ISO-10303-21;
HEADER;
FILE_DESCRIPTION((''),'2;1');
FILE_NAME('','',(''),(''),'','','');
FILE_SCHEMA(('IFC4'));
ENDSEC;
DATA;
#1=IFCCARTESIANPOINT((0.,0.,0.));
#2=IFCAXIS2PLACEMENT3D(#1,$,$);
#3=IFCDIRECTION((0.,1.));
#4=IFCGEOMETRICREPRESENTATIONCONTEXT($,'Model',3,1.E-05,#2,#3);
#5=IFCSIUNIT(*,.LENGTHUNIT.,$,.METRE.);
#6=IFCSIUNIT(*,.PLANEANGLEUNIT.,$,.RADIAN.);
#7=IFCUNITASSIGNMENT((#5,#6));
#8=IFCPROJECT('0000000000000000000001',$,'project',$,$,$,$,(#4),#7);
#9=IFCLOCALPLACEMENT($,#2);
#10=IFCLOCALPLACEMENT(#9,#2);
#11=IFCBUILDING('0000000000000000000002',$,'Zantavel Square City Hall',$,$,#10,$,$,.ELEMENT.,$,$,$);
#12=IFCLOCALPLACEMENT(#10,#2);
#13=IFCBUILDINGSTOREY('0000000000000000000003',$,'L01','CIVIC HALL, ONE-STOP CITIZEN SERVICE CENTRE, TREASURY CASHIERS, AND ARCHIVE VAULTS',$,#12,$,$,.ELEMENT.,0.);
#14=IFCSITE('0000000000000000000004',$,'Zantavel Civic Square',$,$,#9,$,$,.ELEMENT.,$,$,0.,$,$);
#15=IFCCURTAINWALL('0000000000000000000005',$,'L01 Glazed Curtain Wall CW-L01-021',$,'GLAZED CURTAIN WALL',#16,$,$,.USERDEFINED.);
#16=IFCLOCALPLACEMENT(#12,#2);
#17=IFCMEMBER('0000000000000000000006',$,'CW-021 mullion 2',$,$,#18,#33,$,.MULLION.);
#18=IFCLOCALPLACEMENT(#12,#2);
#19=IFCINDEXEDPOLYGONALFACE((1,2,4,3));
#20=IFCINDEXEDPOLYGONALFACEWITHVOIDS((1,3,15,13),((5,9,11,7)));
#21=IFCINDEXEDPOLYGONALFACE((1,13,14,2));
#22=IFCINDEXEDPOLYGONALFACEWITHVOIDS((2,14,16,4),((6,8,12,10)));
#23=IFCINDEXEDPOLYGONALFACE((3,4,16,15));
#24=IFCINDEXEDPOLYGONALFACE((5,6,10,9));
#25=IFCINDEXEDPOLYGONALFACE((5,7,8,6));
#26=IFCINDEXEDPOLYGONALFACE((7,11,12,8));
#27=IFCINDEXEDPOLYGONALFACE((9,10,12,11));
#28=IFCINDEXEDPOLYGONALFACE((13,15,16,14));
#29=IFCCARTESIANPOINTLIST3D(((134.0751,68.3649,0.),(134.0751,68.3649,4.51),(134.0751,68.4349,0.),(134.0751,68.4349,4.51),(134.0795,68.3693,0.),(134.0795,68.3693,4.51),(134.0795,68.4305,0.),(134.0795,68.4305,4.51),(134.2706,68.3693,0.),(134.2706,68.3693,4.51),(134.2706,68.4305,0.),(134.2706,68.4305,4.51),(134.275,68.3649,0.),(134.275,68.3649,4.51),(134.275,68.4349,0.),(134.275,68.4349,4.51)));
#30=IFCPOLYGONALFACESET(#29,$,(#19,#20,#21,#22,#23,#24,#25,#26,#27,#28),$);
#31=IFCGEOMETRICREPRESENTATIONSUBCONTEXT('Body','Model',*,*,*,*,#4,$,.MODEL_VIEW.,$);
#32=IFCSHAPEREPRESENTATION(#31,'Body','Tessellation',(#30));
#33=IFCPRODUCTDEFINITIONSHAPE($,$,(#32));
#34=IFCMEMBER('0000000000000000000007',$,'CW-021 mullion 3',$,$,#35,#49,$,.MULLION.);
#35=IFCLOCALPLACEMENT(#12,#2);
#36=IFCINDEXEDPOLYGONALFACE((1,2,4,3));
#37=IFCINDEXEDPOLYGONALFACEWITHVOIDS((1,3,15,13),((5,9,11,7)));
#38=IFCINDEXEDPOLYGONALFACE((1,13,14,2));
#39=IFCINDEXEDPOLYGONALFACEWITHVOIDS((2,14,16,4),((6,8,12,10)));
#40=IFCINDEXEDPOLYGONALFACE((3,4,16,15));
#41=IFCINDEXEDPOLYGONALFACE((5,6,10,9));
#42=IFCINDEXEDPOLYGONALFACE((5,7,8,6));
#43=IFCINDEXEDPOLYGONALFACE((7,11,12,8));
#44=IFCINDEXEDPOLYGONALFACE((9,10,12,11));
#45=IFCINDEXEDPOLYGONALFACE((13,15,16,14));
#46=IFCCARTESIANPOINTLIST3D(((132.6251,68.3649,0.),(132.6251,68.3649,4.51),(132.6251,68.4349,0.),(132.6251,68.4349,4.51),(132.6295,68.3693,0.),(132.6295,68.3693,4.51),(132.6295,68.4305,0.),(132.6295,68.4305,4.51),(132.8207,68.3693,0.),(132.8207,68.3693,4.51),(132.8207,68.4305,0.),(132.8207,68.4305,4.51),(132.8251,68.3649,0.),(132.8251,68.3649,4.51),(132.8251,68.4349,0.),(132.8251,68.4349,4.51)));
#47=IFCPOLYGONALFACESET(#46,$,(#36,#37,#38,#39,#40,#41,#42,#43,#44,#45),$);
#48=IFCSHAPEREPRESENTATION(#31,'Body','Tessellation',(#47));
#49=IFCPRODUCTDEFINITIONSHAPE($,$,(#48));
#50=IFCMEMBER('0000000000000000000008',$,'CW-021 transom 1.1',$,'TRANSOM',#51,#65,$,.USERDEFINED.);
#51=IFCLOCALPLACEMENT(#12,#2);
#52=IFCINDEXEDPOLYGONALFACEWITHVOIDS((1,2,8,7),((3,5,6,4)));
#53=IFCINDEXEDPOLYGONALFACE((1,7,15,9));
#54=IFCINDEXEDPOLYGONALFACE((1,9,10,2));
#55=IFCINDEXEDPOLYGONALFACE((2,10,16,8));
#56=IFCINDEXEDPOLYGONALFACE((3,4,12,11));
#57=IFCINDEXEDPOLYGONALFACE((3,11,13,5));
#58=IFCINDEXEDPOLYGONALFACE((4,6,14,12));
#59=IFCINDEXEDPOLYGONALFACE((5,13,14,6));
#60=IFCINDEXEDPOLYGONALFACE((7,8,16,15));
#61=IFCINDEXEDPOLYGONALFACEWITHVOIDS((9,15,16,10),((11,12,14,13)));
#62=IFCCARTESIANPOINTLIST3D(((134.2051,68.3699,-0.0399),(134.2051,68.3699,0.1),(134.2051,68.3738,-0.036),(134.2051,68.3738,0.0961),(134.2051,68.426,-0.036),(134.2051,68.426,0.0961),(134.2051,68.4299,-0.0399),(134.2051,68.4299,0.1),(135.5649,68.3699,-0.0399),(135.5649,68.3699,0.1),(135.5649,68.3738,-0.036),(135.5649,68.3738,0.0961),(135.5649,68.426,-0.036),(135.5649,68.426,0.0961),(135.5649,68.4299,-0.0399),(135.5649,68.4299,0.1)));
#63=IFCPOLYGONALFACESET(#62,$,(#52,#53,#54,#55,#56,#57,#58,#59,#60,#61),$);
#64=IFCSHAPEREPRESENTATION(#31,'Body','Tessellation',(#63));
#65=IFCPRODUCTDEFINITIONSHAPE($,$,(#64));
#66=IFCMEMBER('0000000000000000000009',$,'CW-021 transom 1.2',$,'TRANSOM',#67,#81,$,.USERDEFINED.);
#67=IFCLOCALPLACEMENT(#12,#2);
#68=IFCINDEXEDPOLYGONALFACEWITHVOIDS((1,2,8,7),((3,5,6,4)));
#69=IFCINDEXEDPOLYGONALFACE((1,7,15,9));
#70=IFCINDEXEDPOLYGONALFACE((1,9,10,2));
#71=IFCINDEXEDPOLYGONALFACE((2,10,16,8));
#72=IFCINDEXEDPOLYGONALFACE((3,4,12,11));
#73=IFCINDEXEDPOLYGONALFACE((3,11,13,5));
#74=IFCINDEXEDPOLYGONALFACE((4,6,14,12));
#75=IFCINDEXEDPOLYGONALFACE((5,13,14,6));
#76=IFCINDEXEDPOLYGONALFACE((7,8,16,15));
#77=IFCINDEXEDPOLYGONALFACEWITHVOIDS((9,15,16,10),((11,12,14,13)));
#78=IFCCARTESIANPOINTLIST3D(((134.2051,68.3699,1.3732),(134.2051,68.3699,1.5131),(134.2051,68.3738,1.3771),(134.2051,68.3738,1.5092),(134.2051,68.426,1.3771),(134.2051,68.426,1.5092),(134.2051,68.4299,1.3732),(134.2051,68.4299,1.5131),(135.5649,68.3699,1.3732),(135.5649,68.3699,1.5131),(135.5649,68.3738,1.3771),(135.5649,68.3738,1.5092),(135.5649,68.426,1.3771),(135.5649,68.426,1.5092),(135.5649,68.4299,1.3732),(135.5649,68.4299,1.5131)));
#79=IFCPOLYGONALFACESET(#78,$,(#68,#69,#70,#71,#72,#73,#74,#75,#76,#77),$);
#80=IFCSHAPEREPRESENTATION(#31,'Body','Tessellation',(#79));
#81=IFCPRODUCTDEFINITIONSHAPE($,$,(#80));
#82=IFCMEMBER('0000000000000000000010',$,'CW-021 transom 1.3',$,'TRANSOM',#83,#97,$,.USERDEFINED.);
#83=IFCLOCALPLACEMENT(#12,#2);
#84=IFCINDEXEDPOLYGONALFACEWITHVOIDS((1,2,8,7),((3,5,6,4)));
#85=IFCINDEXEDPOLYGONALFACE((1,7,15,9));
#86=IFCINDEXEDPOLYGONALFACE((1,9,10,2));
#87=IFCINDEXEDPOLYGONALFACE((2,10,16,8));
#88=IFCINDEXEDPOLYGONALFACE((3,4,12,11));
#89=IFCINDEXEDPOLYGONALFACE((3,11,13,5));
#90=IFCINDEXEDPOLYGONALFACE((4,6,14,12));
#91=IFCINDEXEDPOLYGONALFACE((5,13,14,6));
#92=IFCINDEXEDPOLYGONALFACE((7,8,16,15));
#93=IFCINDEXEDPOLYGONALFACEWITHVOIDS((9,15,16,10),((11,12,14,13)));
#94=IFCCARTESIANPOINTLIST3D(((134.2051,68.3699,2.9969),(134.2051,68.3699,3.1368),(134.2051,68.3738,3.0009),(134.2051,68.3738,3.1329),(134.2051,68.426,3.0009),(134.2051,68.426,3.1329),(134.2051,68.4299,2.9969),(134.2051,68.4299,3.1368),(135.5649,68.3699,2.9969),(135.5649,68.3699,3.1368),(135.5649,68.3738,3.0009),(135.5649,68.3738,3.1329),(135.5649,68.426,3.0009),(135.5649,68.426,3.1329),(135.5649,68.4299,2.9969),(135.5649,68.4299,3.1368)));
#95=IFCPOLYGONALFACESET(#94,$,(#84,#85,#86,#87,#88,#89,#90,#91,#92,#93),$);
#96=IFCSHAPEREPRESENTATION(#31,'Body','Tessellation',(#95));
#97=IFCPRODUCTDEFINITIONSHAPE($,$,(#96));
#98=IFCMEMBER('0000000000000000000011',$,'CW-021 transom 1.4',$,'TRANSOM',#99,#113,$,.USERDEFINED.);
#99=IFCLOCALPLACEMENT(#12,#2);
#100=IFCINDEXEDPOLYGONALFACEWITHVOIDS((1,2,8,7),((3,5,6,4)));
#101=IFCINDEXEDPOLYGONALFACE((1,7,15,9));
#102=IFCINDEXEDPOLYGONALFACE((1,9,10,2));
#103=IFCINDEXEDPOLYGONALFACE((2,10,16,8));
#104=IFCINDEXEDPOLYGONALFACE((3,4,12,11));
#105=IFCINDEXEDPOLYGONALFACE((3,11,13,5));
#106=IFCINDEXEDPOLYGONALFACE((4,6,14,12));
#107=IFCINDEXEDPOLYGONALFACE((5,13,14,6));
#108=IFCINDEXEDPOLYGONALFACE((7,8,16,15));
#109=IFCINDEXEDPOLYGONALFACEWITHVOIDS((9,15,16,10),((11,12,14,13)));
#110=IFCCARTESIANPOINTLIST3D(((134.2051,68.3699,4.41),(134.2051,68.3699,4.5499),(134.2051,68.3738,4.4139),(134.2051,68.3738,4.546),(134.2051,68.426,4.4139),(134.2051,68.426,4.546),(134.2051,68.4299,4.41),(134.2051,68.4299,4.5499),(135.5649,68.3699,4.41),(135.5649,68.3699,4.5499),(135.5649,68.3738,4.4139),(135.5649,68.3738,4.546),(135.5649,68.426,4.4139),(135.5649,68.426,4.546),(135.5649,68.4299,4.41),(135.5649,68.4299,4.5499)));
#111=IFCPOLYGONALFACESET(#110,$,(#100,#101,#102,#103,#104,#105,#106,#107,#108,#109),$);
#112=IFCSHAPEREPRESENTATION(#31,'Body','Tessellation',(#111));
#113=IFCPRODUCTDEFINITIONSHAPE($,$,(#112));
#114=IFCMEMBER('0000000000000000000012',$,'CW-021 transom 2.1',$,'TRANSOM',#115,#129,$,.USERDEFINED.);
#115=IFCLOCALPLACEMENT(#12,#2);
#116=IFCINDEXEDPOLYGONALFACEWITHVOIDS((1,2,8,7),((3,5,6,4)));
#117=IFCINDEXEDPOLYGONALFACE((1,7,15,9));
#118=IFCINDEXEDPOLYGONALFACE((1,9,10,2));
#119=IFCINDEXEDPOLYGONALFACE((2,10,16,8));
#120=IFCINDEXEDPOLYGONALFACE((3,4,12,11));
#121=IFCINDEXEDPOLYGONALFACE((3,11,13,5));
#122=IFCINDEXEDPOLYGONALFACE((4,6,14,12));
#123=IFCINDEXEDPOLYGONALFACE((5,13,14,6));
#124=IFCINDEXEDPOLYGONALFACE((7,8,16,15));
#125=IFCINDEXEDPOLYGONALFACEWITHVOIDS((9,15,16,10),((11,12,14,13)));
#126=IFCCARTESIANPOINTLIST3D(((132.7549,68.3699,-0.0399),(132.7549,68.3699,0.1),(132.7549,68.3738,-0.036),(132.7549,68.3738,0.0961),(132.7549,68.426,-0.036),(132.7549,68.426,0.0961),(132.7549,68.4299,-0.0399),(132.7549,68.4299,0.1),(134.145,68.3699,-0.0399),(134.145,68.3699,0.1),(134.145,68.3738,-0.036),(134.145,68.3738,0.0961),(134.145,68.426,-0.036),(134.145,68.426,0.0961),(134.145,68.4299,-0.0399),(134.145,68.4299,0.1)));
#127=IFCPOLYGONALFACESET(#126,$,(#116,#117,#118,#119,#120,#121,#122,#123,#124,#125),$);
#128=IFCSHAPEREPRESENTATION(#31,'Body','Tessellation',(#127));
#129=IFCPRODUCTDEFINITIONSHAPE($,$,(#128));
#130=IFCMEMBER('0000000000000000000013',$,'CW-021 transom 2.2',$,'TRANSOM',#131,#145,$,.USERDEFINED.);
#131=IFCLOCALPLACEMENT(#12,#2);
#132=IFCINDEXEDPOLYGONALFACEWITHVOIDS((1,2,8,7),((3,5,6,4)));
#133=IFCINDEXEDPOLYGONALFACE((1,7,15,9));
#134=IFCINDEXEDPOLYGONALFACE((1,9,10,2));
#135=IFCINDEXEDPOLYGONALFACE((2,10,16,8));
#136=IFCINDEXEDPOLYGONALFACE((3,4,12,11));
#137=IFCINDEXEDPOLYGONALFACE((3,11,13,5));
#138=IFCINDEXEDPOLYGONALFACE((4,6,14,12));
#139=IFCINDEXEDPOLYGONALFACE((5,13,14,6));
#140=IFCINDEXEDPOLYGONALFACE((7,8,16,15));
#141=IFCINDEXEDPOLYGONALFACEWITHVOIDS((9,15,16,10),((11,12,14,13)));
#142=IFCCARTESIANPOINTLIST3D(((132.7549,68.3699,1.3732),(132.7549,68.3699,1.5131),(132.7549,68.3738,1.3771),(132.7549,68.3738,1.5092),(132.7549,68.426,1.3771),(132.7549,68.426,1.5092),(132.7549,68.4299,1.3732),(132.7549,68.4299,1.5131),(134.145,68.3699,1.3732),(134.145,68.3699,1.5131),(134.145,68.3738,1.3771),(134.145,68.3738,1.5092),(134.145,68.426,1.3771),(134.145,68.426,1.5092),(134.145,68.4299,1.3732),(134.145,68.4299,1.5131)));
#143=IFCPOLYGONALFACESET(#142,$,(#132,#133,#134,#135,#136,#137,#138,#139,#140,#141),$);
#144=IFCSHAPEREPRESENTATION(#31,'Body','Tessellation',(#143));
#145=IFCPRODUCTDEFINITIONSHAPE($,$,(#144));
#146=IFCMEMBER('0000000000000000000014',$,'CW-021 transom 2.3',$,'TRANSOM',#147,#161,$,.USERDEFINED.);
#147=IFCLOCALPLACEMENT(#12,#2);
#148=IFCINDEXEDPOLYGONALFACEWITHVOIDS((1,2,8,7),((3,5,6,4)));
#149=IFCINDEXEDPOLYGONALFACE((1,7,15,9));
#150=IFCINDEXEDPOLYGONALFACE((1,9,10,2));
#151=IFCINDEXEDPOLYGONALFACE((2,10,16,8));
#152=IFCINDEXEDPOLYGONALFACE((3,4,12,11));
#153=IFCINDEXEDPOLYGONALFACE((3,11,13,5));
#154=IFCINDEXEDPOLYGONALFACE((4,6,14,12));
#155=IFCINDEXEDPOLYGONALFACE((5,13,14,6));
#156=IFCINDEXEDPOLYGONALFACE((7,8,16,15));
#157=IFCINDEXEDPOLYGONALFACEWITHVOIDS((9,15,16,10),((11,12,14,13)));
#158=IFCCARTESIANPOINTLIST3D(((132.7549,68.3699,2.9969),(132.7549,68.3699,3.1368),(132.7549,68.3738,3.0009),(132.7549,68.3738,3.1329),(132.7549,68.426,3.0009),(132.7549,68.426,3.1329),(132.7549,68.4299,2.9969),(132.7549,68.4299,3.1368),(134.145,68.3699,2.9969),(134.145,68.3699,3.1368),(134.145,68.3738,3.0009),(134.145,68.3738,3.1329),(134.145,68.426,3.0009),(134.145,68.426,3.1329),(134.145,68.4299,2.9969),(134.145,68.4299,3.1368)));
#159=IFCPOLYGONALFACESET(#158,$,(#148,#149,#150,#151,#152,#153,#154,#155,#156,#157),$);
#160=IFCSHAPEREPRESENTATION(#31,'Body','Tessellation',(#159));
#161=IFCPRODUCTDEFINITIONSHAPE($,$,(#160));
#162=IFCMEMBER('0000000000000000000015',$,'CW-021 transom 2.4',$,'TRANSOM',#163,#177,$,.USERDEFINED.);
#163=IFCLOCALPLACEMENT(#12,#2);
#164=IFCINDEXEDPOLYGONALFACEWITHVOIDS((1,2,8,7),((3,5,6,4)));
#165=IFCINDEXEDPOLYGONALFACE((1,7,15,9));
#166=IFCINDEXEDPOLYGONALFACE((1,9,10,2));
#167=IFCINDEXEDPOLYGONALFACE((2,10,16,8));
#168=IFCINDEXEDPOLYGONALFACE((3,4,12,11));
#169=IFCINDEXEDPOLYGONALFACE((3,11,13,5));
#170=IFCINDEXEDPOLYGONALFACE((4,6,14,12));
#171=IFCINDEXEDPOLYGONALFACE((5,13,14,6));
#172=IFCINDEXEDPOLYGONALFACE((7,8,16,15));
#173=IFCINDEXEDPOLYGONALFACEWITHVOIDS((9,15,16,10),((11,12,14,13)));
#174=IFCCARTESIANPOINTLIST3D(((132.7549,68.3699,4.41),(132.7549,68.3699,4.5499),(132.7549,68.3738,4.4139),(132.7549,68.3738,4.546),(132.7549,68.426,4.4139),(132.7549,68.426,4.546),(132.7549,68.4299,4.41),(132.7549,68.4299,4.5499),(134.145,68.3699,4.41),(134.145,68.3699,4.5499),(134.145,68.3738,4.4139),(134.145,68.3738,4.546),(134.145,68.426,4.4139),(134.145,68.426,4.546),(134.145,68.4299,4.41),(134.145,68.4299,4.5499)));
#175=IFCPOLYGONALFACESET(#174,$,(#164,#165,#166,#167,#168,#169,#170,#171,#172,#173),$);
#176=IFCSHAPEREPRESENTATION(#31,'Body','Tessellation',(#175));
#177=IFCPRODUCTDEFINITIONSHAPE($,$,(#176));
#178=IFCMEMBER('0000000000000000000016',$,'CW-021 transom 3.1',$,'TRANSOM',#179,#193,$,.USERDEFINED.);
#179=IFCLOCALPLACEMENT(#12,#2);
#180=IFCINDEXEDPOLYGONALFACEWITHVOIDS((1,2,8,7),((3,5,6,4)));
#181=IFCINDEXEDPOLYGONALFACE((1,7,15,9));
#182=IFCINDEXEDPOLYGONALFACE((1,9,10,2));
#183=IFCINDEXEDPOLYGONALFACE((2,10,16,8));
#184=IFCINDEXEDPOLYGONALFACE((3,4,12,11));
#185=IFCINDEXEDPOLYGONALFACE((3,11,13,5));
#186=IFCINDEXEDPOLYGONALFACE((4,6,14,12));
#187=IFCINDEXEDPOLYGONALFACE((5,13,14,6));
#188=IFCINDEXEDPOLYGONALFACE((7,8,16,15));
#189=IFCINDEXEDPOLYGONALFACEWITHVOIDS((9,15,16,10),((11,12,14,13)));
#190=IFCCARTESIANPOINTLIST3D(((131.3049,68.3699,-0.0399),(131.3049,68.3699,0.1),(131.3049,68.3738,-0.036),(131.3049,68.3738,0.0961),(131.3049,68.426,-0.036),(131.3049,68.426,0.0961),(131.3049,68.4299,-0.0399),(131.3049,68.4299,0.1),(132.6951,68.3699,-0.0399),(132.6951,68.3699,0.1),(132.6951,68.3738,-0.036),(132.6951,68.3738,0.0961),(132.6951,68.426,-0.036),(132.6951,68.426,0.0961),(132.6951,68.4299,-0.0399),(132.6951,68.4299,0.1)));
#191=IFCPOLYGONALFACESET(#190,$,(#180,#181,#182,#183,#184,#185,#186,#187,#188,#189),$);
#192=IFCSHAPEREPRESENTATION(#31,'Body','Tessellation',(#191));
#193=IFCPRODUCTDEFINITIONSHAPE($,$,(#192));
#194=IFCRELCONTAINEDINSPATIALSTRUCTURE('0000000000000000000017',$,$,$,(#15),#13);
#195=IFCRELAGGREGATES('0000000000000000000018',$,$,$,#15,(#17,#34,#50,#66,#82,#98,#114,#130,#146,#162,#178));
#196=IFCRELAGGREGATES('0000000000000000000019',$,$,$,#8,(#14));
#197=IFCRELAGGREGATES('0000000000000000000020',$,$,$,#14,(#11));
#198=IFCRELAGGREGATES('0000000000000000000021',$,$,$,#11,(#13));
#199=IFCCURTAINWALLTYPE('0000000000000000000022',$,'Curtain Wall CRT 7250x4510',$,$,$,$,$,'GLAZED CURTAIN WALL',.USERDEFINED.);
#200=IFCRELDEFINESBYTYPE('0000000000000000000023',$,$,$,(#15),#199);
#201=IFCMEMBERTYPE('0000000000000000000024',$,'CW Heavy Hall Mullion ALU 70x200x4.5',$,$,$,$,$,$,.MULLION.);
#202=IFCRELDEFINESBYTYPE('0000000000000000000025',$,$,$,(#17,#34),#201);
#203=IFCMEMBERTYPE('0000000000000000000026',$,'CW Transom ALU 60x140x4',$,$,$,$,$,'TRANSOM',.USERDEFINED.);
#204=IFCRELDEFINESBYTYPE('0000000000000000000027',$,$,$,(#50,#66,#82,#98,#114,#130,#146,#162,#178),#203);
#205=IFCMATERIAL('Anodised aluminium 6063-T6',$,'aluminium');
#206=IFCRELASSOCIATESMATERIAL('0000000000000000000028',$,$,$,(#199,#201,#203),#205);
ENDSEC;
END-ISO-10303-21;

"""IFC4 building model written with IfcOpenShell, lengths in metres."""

from ifc_helpers import new_model, si_unit, direction, frame, origin, origin_2d, place, context, subcontext, project, spatial, hollow_rectangle, extrude, material, material_profile, profile_set, type_object, element, aggregate, save


model = new_model("IFC4")

# Units and contexts
model_context = context("Model", 3, precision=1e-05, world=origin(), true_north=direction((0.0, 1.0)))
body_context = subcontext(model_context, "Body", "Model", "MODEL_VIEW")
ifc_project = project(units=[si_unit("LENGTHUNIT", "METRE"), si_unit("PLANEANGLEUNIT", "RADIAN")], contexts=[model_context])

# Site, building, storey
site_placement = place(None, origin())
site = spatial("IfcSite", under=ifc_project, at=site_placement, Name="Zantavel Civic Square", CompositionType="ELEMENT", RefElevation=0.0)
building_placement = place(site_placement, origin())
building = spatial("IfcBuilding", under=site, at=building_placement, Name="Zantavel Square City Hall", CompositionType="ELEMENT")
storey_placement = place(building_placement, origin())
storey = spatial("IfcBuildingStorey", under=building, at=storey_placement, Name="L01", Description="CIVIC HALL, ONE-STOP CITIZEN SERVICE CENTRE, TREASURY CASHIERS, AND ARCHIVE VAULTS", CompositionType="ELEMENT", Elevation=0.0)

# Curtain wall, members
ifc_material_1 = material(Name="Anodised aluminium 6063-T6", Category="aluminium")
curtain_wall_type = type_object("IfcCurtainWallType", Name="Curtain Wall CRT 7250x4510", ElementType="GLAZED CURTAIN WALL", PredefinedType="USERDEFINED", material=ifc_material_1)
curtain_wall_placement = place(storey_placement, origin())
curtain_wall = element("IfcCurtainWall", 1, at=curtain_wall_placement, inside=storey, type_object=curtain_wall_type, Name="L01 Glazed Curtain Wall CW-L01-021", ObjectType="GLAZED CURTAIN WALL", PredefinedType="USERDEFINED")
ifc_material_profile_1 = material_profile(ifc_material_1, hollow_rectangle(XDim=0.0701, YDim=0.2, WallThickness=0.0044, at=origin_2d()), Name="ALU 70x200x4.5")
ifc_profile_set_1 = profile_set([ifc_material_profile_1], Name="Anodised aluminium 6063-T6")
member_type_1 = type_object("IfcMemberType", Name="CW Heavy Hall Mullion ALU 70x200x4.5", PredefinedType="MULLION", material=ifc_profile_set_1)
member_1_placement = place(storey_placement, frame((134.175, 68.3999, 0.0), z_axis=(0.0, 0.0, 1.0), x_axis=(0.0, -1.0, 0.0)))
member_1 = element("IfcMember", 2, at=member_1_placement, type_object=member_type_1, Name="CW-021 mullion 2", PredefinedType="MULLION", context=body_context, shape_type="SweptSolid", body=[
    extrude(hollow_rectangle(XDim=0.0701, YDim=0.2, WallThickness=0.0044, at=origin_2d()), origin(), (0.0, 0.0, 1.0), 4.51),
])
member_2_placement = place(storey_placement, frame((132.7251, 68.3999, 0.0), z_axis=(0.0, 0.0, 1.0), x_axis=(0.0, -1.0, 0.0)))
member_2 = element("IfcMember", 3, at=member_2_placement, type_object=member_type_1, Name="CW-021 mullion 3", PredefinedType="MULLION", context=body_context, shape_type="SweptSolid", body=[
    extrude(hollow_rectangle(XDim=0.0701, YDim=0.2, WallThickness=0.0044, at=origin_2d()), origin(), (0.0, 0.0, 1.0), 4.51),
])
ifc_material_profile_2 = material_profile(ifc_material_1, hollow_rectangle(XDim=0.0601, YDim=0.1399, WallThickness=0.0039, at=origin_2d()), Name="ALU 60x140x4")
ifc_profile_set_2 = profile_set([ifc_material_profile_2], Name="Anodised aluminium 6063-T6")
member_type_2 = type_object("IfcMemberType", Name="CW Transom ALU 60x140x4", ElementType="TRANSOM", PredefinedType="USERDEFINED", material=ifc_profile_set_2)
member_3_placement = place(storey_placement, frame((135.5649, 68.3999, 0.03), z_axis=(-1.0, 0.0, 0.0), x_axis=(0.0, -1.0, 0.0)))
member_3 = element("IfcMember", 4, at=member_3_placement, type_object=member_type_2, Name="CW-021 transom 1.1", ObjectType="TRANSOM", PredefinedType="USERDEFINED", context=body_context, shape_type="SweptSolid", body=[
    extrude(hollow_rectangle(XDim=0.0601, YDim=0.1399, WallThickness=0.0039, at=origin_2d()), origin(), (0.0, 0.0, 1.0), 1.3599),
])
member_4_placement = place(storey_placement, frame((135.5649, 68.3999, 1.4431), z_axis=(-1.0, 0.0, 0.0), x_axis=(0.0, -1.0, 0.0)))
member_4 = element("IfcMember", 5, at=member_4_placement, type_object=member_type_2, Name="CW-021 transom 1.2", ObjectType="TRANSOM", PredefinedType="USERDEFINED", context=body_context, shape_type="SweptSolid", body=[
    extrude(hollow_rectangle(XDim=0.0601, YDim=0.1399, WallThickness=0.0039, at=origin_2d()), origin(), (0.0, 0.0, 1.0), 1.3599),
])
member_5_placement = place(storey_placement, frame((135.5649, 68.3999, 3.0669), z_axis=(-1.0, 0.0, 0.0), x_axis=(0.0, -1.0, 0.0)))
member_5 = element("IfcMember", 6, at=member_5_placement, type_object=member_type_2, Name="CW-021 transom 1.3", ObjectType="TRANSOM", PredefinedType="USERDEFINED", context=body_context, shape_type="SweptSolid", body=[
    extrude(hollow_rectangle(XDim=0.0601, YDim=0.1399, WallThickness=0.0039, at=origin_2d()), origin(), (0.0, 0.0, 1.0), 1.3599),
])
member_6_placement = place(storey_placement, frame((135.5649, 68.3999, 4.48), z_axis=(-1.0, 0.0, 0.0), x_axis=(0.0, -1.0, 0.0)))
member_6 = element("IfcMember", 7, at=member_6_placement, type_object=member_type_2, Name="CW-021 transom 1.4", ObjectType="TRANSOM", PredefinedType="USERDEFINED", context=body_context, shape_type="SweptSolid", body=[
    extrude(hollow_rectangle(XDim=0.0601, YDim=0.1399, WallThickness=0.0039, at=origin_2d()), origin(), (0.0, 0.0, 1.0), 1.3599),
])
member_7_placement = place(storey_placement, frame((134.145, 68.3999, 0.03), z_axis=(-1.0, 0.0, 0.0), x_axis=(0.0, -1.0, 0.0)))
member_7 = element("IfcMember", 8, at=member_7_placement, type_object=member_type_2, Name="CW-021 transom 2.1", ObjectType="TRANSOM", PredefinedType="USERDEFINED", context=body_context, shape_type="SweptSolid", body=[
    extrude(hollow_rectangle(XDim=0.0601, YDim=0.1399, WallThickness=0.0039, at=origin_2d()), origin(), (0.0, 0.0, 1.0), 1.3901),
])
member_8_placement = place(storey_placement, frame((134.145, 68.3999, 1.4431), z_axis=(-1.0, 0.0, 0.0), x_axis=(0.0, -1.0, 0.0)))
member_8 = element("IfcMember", 9, at=member_8_placement, type_object=member_type_2, Name="CW-021 transom 2.2", ObjectType="TRANSOM", PredefinedType="USERDEFINED", context=body_context, shape_type="SweptSolid", body=[
    extrude(hollow_rectangle(XDim=0.0601, YDim=0.1399, WallThickness=0.0039, at=origin_2d()), origin(), (0.0, 0.0, 1.0), 1.3901),
])
member_9_placement = place(storey_placement, frame((134.145, 68.3999, 3.0669), z_axis=(-1.0, 0.0, 0.0), x_axis=(0.0, -1.0, 0.0)))
member_9 = element("IfcMember", 10, at=member_9_placement, type_object=member_type_2, Name="CW-021 transom 2.3", ObjectType="TRANSOM", PredefinedType="USERDEFINED", context=body_context, shape_type="SweptSolid", body=[
    extrude(hollow_rectangle(XDim=0.0601, YDim=0.1399, WallThickness=0.0039, at=origin_2d()), origin(), (0.0, 0.0, 1.0), 1.3901),
])
member_10_placement = place(storey_placement, frame((134.145, 68.3999, 4.48), z_axis=(-1.0, 0.0, 0.0), x_axis=(0.0, -1.0, 0.0)))
member_10 = element("IfcMember", 11, at=member_10_placement, type_object=member_type_2, Name="CW-021 transom 2.4", ObjectType="TRANSOM", PredefinedType="USERDEFINED", context=body_context, shape_type="SweptSolid", body=[
    extrude(hollow_rectangle(XDim=0.0601, YDim=0.1399, WallThickness=0.0039, at=origin_2d()), origin(), (0.0, 0.0, 1.0), 1.3901),
])
member_11_placement = place(storey_placement, frame((132.6951, 68.3999, 0.03), z_axis=(-1.0, 0.0, 0.0), x_axis=(0.0, -1.0, 0.0)))
member_11 = element("IfcMember", 12, at=member_11_placement, type_object=member_type_2, Name="CW-021 transom 3.1", ObjectType="TRANSOM", PredefinedType="USERDEFINED", context=body_context, shape_type="SweptSolid", body=[
    extrude(hollow_rectangle(XDim=0.0601, YDim=0.1399, WallThickness=0.0039, at=origin_2d()), origin(), (0.0, 0.0, 1.0), 1.3901),
])
aggregate(curtain_wall, [member_1, member_2, member_3, member_4, member_5, member_6, member_7, member_8, member_9, member_10, member_11])

save(model, "model.ifc")
